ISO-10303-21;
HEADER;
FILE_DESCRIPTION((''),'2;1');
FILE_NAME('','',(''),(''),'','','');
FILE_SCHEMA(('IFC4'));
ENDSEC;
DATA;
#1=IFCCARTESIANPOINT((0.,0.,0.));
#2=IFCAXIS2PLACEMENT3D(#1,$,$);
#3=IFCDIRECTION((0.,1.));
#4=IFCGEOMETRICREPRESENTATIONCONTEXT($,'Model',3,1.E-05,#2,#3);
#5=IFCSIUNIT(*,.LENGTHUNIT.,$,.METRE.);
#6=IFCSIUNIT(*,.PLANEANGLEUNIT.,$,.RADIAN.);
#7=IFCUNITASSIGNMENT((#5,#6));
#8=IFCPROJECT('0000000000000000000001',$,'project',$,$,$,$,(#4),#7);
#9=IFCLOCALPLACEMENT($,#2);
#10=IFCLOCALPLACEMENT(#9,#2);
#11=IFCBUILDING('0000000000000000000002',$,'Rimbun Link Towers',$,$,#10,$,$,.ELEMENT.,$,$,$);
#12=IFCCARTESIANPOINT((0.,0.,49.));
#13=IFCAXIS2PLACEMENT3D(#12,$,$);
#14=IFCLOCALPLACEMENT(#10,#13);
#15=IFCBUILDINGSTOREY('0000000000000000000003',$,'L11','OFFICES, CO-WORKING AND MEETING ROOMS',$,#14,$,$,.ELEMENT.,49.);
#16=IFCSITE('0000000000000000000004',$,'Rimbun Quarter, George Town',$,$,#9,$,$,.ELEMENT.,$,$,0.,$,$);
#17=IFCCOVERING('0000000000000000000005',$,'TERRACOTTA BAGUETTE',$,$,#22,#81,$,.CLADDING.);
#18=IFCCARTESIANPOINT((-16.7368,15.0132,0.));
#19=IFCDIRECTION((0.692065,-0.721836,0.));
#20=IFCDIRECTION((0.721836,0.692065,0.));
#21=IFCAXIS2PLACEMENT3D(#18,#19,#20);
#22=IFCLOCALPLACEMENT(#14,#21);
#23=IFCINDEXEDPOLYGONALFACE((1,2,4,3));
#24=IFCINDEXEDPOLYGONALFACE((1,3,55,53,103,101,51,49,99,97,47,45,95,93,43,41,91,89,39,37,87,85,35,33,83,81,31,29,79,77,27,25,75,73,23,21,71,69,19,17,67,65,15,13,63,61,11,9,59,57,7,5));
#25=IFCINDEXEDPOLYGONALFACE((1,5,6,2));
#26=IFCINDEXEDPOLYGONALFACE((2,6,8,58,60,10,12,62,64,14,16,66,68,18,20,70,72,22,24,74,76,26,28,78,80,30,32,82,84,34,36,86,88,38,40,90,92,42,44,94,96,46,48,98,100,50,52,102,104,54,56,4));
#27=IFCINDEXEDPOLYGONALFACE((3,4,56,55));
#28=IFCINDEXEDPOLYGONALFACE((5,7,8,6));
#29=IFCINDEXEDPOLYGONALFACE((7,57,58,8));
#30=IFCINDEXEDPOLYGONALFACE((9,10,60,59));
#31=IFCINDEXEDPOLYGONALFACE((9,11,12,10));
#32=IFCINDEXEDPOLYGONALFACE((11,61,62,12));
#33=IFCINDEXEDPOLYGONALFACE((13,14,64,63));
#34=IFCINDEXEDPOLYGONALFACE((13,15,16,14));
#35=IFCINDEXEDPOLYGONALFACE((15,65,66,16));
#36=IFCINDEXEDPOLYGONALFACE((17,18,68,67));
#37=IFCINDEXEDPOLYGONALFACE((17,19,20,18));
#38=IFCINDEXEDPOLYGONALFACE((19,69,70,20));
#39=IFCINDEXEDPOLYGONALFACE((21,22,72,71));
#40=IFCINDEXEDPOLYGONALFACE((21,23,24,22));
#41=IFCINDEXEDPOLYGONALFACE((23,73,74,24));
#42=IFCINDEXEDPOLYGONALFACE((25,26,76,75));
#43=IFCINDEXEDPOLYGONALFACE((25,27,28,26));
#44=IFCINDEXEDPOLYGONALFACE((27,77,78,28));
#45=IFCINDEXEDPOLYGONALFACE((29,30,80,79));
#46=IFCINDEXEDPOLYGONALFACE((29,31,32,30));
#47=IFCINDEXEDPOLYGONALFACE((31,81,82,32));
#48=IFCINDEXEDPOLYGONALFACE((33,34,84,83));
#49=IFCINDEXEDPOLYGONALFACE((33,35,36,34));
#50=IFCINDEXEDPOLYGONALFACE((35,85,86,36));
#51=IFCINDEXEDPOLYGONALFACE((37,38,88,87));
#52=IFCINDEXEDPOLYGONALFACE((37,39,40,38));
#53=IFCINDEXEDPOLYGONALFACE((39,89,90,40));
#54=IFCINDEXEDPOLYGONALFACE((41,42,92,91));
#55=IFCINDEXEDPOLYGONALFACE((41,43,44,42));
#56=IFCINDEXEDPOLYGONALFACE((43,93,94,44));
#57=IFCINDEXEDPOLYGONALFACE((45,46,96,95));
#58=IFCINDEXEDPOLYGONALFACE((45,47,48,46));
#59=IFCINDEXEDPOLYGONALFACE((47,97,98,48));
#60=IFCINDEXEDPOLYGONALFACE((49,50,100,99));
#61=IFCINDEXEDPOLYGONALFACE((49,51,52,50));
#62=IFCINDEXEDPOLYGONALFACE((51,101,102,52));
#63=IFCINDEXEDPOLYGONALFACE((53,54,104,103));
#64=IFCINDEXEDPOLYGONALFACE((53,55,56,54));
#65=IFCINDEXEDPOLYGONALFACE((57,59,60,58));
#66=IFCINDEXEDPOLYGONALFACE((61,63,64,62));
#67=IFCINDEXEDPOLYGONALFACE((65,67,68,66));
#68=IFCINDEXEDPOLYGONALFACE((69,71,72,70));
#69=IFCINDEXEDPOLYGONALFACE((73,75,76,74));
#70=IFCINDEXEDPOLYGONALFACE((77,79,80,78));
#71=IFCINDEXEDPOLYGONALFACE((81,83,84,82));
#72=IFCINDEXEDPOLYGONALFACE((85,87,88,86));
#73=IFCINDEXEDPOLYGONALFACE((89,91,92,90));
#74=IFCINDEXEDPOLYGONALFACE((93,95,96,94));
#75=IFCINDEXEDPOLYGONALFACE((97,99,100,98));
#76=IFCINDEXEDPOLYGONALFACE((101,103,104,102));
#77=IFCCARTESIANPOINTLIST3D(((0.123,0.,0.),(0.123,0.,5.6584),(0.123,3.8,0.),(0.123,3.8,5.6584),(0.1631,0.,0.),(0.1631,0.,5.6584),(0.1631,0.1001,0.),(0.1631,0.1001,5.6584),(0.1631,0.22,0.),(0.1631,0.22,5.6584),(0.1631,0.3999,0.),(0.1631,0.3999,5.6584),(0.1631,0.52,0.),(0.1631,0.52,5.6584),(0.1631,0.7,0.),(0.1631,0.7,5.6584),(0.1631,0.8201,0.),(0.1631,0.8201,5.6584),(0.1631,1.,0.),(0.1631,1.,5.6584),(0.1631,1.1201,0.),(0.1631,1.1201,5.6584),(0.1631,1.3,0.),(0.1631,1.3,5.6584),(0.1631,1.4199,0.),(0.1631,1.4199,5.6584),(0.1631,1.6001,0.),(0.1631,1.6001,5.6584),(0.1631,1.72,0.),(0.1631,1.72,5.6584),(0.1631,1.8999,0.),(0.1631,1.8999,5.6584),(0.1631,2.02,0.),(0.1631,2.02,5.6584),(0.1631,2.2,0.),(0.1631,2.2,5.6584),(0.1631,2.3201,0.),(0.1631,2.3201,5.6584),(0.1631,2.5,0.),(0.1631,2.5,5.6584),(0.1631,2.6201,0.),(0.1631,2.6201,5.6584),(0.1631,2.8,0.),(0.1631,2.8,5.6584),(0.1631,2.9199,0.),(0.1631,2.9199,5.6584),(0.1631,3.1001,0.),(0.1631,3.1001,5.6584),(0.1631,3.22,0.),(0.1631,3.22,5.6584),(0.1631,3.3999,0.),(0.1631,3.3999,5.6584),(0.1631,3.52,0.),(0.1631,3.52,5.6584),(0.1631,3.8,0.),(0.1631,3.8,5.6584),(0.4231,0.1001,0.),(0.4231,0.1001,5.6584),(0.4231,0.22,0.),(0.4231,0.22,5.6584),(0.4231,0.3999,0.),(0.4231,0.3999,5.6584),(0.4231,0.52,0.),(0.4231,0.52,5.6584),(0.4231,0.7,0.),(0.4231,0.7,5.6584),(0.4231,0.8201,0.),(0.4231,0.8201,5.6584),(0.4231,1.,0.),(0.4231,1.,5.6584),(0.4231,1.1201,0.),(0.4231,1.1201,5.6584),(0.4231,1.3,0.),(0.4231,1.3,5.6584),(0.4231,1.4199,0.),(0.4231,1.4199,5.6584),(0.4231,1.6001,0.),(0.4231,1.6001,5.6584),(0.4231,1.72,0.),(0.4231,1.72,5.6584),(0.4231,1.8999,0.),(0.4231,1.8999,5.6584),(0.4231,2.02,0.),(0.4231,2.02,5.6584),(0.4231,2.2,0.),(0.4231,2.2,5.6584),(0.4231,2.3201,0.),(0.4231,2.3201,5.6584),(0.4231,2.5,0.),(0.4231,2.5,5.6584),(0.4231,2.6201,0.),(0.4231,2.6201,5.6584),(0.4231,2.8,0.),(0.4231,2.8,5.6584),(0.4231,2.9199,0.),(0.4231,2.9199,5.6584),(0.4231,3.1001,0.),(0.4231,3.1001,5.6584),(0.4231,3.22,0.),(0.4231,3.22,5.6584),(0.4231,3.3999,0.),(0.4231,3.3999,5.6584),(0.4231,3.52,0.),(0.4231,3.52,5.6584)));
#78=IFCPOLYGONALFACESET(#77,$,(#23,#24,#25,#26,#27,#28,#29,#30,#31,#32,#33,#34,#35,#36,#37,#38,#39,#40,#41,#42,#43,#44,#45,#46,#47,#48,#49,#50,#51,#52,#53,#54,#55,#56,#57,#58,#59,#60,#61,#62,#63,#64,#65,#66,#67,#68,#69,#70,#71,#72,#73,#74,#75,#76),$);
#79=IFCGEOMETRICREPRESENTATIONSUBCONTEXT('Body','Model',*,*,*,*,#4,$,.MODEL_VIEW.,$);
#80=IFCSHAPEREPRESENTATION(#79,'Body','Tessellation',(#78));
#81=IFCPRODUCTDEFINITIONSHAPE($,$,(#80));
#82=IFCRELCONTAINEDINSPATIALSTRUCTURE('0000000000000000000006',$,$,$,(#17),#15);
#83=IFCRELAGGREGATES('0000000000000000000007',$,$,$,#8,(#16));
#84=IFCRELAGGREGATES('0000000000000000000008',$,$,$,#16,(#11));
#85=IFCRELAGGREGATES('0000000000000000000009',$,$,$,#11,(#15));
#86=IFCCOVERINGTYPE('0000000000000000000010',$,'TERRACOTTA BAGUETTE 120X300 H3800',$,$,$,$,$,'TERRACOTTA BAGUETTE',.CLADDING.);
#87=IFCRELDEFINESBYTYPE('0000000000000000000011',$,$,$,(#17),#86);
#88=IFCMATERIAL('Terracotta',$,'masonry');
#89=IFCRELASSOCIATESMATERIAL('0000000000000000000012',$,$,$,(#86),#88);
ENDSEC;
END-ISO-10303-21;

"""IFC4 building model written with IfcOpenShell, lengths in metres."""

from ifc_helpers import new_model, si_unit, direction, frame, origin, place, context, subcontext, project, spatial, polyline, outline, extrude, material, material_profile, profile_set, type_object, element, save


model = new_model("IFC4")

# Units and contexts
model_context = context("Model", 3, precision=1e-05, world=origin(), true_north=direction((0.0, 1.0)))
body_context = subcontext(model_context, "Body", "Model", "MODEL_VIEW")
ifc_project = project(units=[si_unit("LENGTHUNIT", "METRE"), si_unit("PLANEANGLEUNIT", "RADIAN")], contexts=[model_context])

# Site, building, storey
site_placement = place(None, origin())
site = spatial("IfcSite", under=ifc_project, at=site_placement, Name="Rimbun Quarter, George Town", CompositionType="ELEMENT", RefElevation=0.0)
building_placement = place(site_placement, origin())
building = spatial("IfcBuilding", under=site, at=building_placement, Name="Rimbun Link Towers", CompositionType="ELEMENT")
storey_placement = place(building_placement, frame((0.0, 0.0, 49.0)))
storey = spatial("IfcBuildingStorey", under=building, at=storey_placement, Name="L11", Description="OFFICES, CO-WORKING AND MEETING ROOMS", CompositionType="ELEMENT", Elevation=49.0)

# Covering
ifc_material_1 = material(Name="Terracotta", Category="masonry")
ifc_material_profile_1 = material_profile(ifc_material_1, outline(polyline([(0.123, 0.0), (0.1631, 0.0), (0.1631, 0.1001), (0.4231, 0.1001), (0.4231, 0.22), (0.1631, 0.22), (0.1631, 0.3999), (0.4231, 0.3999), (0.4231, 0.52), (0.1631, 0.52), (0.1631, 0.7), (0.4231, 0.7), (0.4231, 0.8201), (0.1631, 0.8201), (0.1631, 1.0), (0.4231, 1.0), (0.4231, 1.1201), (0.1631, 1.1201), (0.1631, 1.3), (0.4231, 1.3), (0.4231, 1.4199), (0.1631, 1.4199), (0.1631, 1.6001), (0.4231, 1.6001), (0.4231, 1.72), (0.1631, 1.72), (0.1631, 1.8999), (0.4231, 1.8999), (0.4231, 2.02), (0.1631, 2.02), (0.1631, 2.2), (0.4231, 2.2), (0.4231, 2.3201), (0.1631, 2.3201), (0.1631, 2.5), (0.4231, 2.5), (0.4231, 2.6201), (0.1631, 2.6201), (0.1631, 2.8), (0.4231, 2.8), (0.4231, 2.9199), (0.1631, 2.9199), (0.1631, 3.1001), (0.4231, 3.1001), (0.4231, 3.22), (0.1631, 3.22), (0.1631, 3.3999), (0.4231, 3.3999), (0.4231, 3.52), (0.1631, 3.52), (0.1631, 3.8), (0.123, 3.8), (0.123, 0.0)])), Name="BAGUETTE 120X300")
ifc_profile_set_1 = profile_set([ifc_material_profile_1], Name="Terracotta")
covering_type = type_object("IfcCoveringType", Name="TERRACOTTA BAGUETTE 120X300 H3800", ElementType="TERRACOTTA BAGUETTE", PredefinedType="CLADDING", material=ifc_profile_set_1)
covering_1_placement = place(storey_placement, frame((-16.7368, 15.0132, 0.0), z_axis=(0.692065, -0.721836, 0.0), x_axis=(0.721836, 0.692065, 0.0)))
element("IfcCovering", 1, at=covering_1_placement, inside=storey, type_object=covering_type, Name="TERRACOTTA BAGUETTE", PredefinedType="CLADDING", context=body_context, shape_type="SweptSolid", body=[
    extrude(outline(polyline([(0.123, 0.0), (0.1631, 0.0), (0.1631, 0.1001), (0.4231, 0.1001), (0.4231, 0.22), (0.1631, 0.22), (0.1631, 0.3999), (0.4231, 0.3999), (0.4231, 0.52), (0.1631, 0.52), (0.1631, 0.7), (0.4231, 0.7), (0.4231, 0.8201), (0.1631, 0.8201), (0.1631, 1.0), (0.4231, 1.0), (0.4231, 1.1201), (0.1631, 1.1201), (0.1631, 1.3), (0.4231, 1.3), (0.4231, 1.4199), (0.1631, 1.4199), (0.1631, 1.6001), (0.4231, 1.6001), (0.4231, 1.72), (0.1631, 1.72), (0.1631, 1.8999), (0.4231, 1.8999), (0.4231, 2.02), (0.1631, 2.02), (0.1631, 2.2), (0.4231, 2.2), (0.4231, 2.3201), (0.1631, 2.3201), (0.1631, 2.5), (0.4231, 2.5), (0.4231, 2.6201), (0.1631, 2.6201), (0.1631, 2.8), (0.4231, 2.8), (0.4231, 2.9199), (0.1631, 2.9199), (0.1631, 3.1001), (0.4231, 3.1001), (0.4231, 3.22), (0.1631, 3.22), (0.1631, 3.3999), (0.4231, 3.3999), (0.4231, 3.52), (0.1631, 3.52), (0.1631, 3.8), (0.123, 3.8), (0.123, 0.0)])), origin(), (0.0, 0.0, 1.0), 5.6584),
])

save(model, "model.ifc")
